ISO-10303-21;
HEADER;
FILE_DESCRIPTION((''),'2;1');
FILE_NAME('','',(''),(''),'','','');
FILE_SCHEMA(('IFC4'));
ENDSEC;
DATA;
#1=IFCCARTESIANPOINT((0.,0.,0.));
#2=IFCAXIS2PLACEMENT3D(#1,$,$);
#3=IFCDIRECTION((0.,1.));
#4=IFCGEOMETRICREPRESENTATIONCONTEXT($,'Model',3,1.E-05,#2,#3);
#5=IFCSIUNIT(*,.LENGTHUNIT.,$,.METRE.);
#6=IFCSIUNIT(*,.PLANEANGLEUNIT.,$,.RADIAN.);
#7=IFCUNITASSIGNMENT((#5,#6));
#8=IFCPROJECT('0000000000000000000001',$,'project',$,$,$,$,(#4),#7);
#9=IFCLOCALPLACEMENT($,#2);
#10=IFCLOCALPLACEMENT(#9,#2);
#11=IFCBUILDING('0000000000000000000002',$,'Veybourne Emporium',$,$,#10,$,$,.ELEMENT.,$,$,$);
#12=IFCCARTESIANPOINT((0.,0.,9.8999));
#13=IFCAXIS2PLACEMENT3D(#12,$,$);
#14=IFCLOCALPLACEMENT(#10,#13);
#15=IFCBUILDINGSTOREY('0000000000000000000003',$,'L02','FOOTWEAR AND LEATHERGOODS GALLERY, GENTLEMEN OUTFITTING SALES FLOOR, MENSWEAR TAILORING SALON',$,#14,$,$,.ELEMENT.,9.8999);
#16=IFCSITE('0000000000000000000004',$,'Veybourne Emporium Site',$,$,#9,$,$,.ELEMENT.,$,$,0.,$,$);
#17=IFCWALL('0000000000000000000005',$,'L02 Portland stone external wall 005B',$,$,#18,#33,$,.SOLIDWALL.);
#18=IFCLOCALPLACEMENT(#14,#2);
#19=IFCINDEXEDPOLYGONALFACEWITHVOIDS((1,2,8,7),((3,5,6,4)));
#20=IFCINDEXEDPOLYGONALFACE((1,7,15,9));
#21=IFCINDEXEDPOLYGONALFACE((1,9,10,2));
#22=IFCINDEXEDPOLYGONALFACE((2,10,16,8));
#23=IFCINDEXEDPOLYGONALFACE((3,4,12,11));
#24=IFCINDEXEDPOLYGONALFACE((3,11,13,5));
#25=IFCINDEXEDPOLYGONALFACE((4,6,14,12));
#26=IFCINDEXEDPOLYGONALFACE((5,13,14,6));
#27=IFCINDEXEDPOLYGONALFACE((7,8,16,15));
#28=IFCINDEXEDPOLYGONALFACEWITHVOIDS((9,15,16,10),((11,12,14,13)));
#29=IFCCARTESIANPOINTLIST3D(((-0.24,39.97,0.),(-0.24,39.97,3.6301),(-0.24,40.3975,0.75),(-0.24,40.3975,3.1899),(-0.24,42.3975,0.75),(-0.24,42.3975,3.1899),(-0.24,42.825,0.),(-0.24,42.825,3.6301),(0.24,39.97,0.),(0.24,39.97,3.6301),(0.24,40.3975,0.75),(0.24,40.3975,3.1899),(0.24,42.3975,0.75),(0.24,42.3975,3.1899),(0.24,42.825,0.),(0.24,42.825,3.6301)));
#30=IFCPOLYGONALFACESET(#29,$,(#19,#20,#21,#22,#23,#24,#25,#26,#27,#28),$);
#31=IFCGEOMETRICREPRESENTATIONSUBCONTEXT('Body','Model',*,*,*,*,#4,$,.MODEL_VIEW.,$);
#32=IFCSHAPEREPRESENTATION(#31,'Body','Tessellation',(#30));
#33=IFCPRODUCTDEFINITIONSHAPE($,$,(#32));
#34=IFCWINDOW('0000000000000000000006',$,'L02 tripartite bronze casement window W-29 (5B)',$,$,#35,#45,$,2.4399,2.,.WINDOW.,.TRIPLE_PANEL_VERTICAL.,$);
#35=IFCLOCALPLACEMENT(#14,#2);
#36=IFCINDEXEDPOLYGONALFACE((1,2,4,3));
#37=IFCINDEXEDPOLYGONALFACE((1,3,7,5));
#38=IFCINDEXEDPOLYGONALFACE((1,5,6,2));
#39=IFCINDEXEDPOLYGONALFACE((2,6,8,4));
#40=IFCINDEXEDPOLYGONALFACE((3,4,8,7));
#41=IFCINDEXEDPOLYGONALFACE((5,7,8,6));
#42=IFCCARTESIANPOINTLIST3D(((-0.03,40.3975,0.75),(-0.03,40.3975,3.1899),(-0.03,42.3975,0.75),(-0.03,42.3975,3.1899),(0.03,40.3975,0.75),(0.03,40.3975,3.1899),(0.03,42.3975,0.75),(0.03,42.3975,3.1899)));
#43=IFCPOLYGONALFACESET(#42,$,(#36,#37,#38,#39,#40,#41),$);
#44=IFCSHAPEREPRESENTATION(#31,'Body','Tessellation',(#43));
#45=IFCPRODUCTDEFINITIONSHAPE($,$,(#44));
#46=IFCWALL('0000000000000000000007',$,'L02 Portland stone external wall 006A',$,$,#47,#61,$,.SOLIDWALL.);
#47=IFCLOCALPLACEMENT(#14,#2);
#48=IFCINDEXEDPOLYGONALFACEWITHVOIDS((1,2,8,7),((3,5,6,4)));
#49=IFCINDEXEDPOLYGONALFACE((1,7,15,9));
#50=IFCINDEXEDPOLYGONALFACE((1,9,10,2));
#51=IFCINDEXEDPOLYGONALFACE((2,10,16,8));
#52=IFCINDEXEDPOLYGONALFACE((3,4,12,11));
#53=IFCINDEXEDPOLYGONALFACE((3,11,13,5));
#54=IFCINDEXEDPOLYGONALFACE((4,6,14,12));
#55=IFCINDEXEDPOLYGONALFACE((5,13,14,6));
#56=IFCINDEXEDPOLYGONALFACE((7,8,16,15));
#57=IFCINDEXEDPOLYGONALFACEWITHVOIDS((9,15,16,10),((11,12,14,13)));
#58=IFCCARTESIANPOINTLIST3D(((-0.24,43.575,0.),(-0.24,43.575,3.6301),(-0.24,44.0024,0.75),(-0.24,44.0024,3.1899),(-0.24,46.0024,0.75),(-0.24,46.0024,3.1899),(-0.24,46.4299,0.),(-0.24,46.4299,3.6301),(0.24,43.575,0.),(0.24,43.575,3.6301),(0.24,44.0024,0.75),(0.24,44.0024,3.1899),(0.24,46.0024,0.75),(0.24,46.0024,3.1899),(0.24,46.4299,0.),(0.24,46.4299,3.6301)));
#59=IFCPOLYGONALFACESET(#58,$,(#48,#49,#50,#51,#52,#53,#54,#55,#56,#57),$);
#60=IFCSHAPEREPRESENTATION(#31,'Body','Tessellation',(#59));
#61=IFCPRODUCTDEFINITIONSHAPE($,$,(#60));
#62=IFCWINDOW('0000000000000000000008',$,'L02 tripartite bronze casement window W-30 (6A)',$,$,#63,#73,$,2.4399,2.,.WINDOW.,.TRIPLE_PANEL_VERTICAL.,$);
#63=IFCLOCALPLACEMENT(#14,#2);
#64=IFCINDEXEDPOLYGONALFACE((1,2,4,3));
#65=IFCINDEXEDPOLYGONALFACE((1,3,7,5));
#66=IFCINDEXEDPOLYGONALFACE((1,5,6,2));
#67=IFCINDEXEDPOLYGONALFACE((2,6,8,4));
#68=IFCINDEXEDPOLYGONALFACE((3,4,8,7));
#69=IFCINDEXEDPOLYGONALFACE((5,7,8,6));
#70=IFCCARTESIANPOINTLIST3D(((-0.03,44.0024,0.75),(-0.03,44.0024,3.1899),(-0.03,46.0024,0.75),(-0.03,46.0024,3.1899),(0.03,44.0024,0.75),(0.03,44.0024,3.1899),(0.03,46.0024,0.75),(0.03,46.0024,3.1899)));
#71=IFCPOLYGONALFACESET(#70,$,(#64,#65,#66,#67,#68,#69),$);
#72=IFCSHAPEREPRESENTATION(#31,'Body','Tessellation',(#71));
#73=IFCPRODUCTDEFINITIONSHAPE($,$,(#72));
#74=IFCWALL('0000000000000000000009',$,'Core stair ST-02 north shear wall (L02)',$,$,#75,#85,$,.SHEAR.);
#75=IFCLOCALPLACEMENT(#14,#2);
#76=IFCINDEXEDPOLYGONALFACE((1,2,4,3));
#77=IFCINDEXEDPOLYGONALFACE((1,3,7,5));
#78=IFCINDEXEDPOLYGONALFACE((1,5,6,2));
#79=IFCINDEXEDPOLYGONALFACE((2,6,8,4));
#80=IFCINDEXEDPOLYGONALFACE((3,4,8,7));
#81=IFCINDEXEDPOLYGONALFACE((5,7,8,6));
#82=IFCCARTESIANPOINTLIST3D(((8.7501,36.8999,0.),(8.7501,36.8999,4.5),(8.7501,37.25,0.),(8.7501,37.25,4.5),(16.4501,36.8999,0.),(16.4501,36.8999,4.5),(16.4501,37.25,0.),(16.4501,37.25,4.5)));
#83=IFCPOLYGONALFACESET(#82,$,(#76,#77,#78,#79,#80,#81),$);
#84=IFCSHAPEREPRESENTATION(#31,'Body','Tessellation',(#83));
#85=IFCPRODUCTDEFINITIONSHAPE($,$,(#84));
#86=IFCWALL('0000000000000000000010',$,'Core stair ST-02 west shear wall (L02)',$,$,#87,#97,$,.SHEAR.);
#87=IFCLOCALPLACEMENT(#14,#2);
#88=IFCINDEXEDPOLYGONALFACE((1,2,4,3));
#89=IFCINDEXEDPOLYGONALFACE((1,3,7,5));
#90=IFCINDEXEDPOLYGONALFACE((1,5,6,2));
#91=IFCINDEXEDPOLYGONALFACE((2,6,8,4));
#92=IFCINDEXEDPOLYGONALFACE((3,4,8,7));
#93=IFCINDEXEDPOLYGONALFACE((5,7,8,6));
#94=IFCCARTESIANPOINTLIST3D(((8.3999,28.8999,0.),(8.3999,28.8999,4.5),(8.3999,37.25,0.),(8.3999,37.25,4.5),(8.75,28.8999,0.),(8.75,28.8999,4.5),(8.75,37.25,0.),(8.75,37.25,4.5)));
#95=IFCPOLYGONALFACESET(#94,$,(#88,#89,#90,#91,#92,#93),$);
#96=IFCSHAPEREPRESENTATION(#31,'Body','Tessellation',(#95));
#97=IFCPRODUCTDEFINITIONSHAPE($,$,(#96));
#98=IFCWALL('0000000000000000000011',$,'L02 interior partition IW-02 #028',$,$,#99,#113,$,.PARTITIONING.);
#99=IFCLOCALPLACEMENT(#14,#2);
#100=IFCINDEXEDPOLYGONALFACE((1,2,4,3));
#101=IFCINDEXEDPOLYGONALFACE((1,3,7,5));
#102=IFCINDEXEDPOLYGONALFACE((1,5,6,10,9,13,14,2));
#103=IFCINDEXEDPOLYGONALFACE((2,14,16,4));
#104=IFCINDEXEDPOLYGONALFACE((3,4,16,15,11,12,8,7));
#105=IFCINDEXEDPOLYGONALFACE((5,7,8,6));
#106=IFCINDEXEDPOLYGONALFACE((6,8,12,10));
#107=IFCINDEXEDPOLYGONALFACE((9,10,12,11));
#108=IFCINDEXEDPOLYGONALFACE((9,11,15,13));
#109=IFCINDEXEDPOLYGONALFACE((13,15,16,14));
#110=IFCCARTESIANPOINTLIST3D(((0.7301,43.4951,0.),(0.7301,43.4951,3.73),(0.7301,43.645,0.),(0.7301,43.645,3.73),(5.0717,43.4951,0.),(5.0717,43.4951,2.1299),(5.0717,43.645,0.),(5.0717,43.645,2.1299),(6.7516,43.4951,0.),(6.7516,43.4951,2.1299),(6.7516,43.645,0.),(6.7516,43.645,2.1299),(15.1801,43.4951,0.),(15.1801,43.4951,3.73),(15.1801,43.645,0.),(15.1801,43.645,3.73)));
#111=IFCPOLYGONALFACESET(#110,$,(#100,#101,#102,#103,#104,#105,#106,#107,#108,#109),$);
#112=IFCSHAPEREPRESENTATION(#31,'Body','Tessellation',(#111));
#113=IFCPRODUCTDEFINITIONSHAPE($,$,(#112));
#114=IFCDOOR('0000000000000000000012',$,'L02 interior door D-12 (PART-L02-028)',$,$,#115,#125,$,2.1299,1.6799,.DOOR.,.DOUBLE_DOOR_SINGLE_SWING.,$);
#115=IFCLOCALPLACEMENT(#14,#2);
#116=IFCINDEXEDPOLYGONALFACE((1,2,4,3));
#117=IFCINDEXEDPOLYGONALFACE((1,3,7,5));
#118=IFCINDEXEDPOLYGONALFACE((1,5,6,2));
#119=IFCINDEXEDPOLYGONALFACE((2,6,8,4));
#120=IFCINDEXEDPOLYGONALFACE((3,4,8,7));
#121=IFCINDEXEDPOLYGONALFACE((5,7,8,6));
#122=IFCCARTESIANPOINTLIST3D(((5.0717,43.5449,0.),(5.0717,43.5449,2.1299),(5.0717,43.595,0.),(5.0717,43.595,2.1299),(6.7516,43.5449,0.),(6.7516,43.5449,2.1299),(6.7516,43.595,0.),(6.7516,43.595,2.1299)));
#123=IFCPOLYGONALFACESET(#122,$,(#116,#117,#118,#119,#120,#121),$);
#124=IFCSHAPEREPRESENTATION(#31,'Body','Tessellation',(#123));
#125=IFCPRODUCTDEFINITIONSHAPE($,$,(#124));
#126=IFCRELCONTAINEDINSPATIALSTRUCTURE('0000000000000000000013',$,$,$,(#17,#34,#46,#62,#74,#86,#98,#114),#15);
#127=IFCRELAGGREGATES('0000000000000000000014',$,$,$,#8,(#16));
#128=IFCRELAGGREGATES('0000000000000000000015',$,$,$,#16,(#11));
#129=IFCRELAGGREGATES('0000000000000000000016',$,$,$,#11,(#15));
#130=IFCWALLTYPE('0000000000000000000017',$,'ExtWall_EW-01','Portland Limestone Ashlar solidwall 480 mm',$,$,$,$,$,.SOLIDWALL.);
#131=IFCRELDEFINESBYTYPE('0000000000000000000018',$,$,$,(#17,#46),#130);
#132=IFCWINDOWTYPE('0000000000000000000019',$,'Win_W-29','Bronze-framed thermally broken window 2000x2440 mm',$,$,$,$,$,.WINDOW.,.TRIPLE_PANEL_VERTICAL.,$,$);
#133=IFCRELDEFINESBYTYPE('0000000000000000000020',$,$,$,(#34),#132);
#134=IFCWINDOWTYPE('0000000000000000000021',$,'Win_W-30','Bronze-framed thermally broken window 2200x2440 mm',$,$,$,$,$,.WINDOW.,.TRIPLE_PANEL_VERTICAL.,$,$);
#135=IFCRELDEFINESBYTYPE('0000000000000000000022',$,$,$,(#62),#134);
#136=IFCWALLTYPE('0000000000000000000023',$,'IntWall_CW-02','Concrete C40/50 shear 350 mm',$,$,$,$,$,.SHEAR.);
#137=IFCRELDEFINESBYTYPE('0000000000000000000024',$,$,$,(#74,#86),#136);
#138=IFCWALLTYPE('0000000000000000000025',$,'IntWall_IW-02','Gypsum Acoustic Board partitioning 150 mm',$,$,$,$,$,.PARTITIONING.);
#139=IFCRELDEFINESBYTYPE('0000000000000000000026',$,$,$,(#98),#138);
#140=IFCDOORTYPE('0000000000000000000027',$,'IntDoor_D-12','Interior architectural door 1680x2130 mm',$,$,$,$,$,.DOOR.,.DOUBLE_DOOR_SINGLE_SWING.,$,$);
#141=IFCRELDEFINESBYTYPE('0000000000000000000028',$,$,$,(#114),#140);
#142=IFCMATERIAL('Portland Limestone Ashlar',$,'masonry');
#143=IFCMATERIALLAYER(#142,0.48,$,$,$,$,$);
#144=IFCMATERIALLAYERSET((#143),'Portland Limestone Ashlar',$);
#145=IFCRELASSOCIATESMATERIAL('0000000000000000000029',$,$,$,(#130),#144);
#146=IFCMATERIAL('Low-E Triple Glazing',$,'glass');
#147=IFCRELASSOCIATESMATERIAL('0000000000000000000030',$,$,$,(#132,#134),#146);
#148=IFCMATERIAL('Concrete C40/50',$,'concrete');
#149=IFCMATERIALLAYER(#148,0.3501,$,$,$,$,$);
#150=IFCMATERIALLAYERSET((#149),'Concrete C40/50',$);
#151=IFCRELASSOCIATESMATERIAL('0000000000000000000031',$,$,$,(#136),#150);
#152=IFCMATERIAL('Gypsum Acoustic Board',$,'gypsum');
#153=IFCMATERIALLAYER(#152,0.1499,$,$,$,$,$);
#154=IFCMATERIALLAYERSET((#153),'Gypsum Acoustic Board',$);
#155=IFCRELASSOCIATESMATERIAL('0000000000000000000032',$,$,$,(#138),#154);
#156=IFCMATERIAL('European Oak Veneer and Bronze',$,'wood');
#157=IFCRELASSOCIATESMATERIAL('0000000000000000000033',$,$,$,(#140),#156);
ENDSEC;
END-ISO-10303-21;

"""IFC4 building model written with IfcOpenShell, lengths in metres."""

from ifc_helpers import new_model, si_unit, direction, frame, frame_2d, origin, place, context, subcontext, project, spatial, rectangle, extrude, material, layer, layer_set, type_object, element, fill, save


model = new_model("IFC4")

# Units and contexts
model_context = context("Model", 3, precision=1e-05, world=origin(), true_north=direction((0.0, 1.0)))
body_context = subcontext(model_context, "Body", "Model", "MODEL_VIEW")
ifc_project = project(units=[si_unit("LENGTHUNIT", "METRE"), si_unit("PLANEANGLEUNIT", "RADIAN")], contexts=[model_context])

# Site, building, storey
site_placement = place(None, origin())
site = spatial("IfcSite", under=ifc_project, at=site_placement, Name="Veybourne Emporium Site", CompositionType="ELEMENT", RefElevation=0.0)
building_placement = place(site_placement, origin())
building = spatial("IfcBuilding", under=site, at=building_placement, Name="Veybourne Emporium", CompositionType="ELEMENT")
storey_placement = place(building_placement, frame((0.0, 0.0, 9.8999)))
storey = spatial("IfcBuildingStorey", under=building, at=storey_placement, Name="L02", Description="FOOTWEAR AND LEATHERGOODS GALLERY, GENTLEMEN OUTFITTING SALES FLOOR, MENSWEAR TAILORING SALON", CompositionType="ELEMENT", Elevation=9.8999)

# Shared definitions
ifc_material_1 = material(Name="Concrete C40/50", Category="concrete")

# Walls, openings, windows
ifc_material_2 = material(Name="Portland Limestone Ashlar", Category="masonry")
ifc_layer_1 = layer(ifc_material_2, 0.48)
ifc_layer_set_1 = layer_set([ifc_layer_1], Name="Portland Limestone Ashlar")
wall_type_1 = type_object("IfcWallType", Name="ExtWall_EW-01", Description="Portland Limestone Ashlar solidwall 480 mm", PredefinedType="SOLIDWALL", material=ifc_layer_set_1)
ifc_material_3 = material(Name="Low-E Triple Glazing", Category="glass")
wall_1_placement = place(storey_placement, frame((0.0, 39.97, 0.0), z_axis=(0.0, 0.0, 1.0), x_axis=(0.0, 1.0, 0.0)))
wall_1 = element("IfcWall", 1, at=wall_1_placement, inside=storey, type_object=wall_type_1, Name="L02 Portland stone external wall 005B", PredefinedType="SOLIDWALL", context=body_context, shape_type="SweptSolid", body=[
    extrude(rectangle(XDim=2.855, YDim=0.48, at=frame_2d((1.4275, 0.0))), origin(), (0.0, 0.0, 1.0), 3.6301),
])
opening_1_placement = place(wall_1_placement, frame((0.4275, 0.0, 0.75)))
opening_1 = element("IfcOpeningElement", 2, at=opening_1_placement, cuts=wall_1, PredefinedType="OPENING", context=body_context, shape_type="SweptSolid", body=[
    extrude(rectangle(XDim=2.0, YDim=2.4399, at=frame_2d((1.0, 1.22))), frame((0.0, 0.26, 0.0), z_axis=(0.0, -1.0, 0.0), x_axis=(1.0, 0.0, 0.0)), (0.0, 0.0, 1.0), 0.52),
])
window_type_1 = type_object("IfcWindowType", Name="Win_W-29", Description="Bronze-framed thermally broken window 2000x2440 mm", PartitioningType="TRIPLE_PANEL_VERTICAL", PredefinedType="WINDOW", material=ifc_material_3)
window_1_placement = place(opening_1_placement, origin())
window_1 = element("IfcWindow", 3, at=window_1_placement, inside=storey, type_object=window_type_1, Name="L02 tripartite bronze casement window W-29 (5B)", OverallHeight=2.4399, OverallWidth=2.0, PartitioningType="TRIPLE_PANEL_VERTICAL", PredefinedType="WINDOW", context=body_context, shape_type="SweptSolid", body=[
    extrude(rectangle(XDim=2.0, YDim=2.4399, at=frame_2d((1.0, 1.22))), frame((0.0, 0.03, 0.0), z_axis=(0.0, -1.0, 0.0), x_axis=(1.0, 0.0, 0.0)), (0.0, 0.0, 1.0), 0.0601),
])
fill(opening_1, window_1)
wall_2_placement = place(storey_placement, frame((0.0, 43.575, 0.0), z_axis=(0.0, 0.0, 1.0), x_axis=(0.0, 1.0, 0.0)))
wall_2 = element("IfcWall", 4, at=wall_2_placement, inside=storey, type_object=wall_type_1, Name="L02 Portland stone external wall 006A", PredefinedType="SOLIDWALL", context=body_context, shape_type="SweptSolid", body=[
    extrude(rectangle(XDim=2.855, YDim=0.48, at=frame_2d((1.4275, 0.0))), origin(), (0.0, 0.0, 1.0), 3.6301),
])
opening_2_placement = place(wall_2_placement, frame((0.4275, 0.0, 0.75)))
opening_2 = element("IfcOpeningElement", 5, at=opening_2_placement, cuts=wall_2, PredefinedType="OPENING", context=body_context, shape_type="SweptSolid", body=[
    extrude(rectangle(XDim=2.0, YDim=2.4399, at=frame_2d((1.0, 1.22))), frame((0.0, 0.26, 0.0), z_axis=(0.0, -1.0, 0.0), x_axis=(1.0, 0.0, 0.0)), (0.0, 0.0, 1.0), 0.52),
])
window_type_2 = type_object("IfcWindowType", Name="Win_W-30", Description="Bronze-framed thermally broken window 2200x2440 mm", PartitioningType="TRIPLE_PANEL_VERTICAL", PredefinedType="WINDOW", material=ifc_material_3)
window_2_placement = place(opening_2_placement, origin())
window_2 = element("IfcWindow", 6, at=window_2_placement, inside=storey, type_object=window_type_2, Name="L02 tripartite bronze casement window W-30 (6A)", OverallHeight=2.4399, OverallWidth=2.0, PartitioningType="TRIPLE_PANEL_VERTICAL", PredefinedType="WINDOW", context=body_context, shape_type="SweptSolid", body=[
    extrude(rectangle(XDim=2.0, YDim=2.4399, at=frame_2d((1.0, 1.22))), frame((0.0, 0.03, 0.0), z_axis=(0.0, -1.0, 0.0), x_axis=(1.0, 0.0, 0.0)), (0.0, 0.0, 1.0), 0.0601),
])
fill(opening_2, window_2)

# Walls
ifc_layer_2 = layer(ifc_material_1, 0.3501)
ifc_layer_set_2 = layer_set([ifc_layer_2], Name="Concrete C40/50")
wall_type_2 = type_object("IfcWallType", Name="IntWall_CW-02", Description="Concrete C40/50 shear 350 mm", PredefinedType="SHEAR", material=ifc_layer_set_2)
wall_3_placement = place(storey_placement, frame((8.75, 37.075, 0.0), z_axis=(0.0, 0.0, 1.0), x_axis=(1.0, 0.0, 0.0)))
element("IfcWall", 7, at=wall_3_placement, inside=storey, type_object=wall_type_2, Name="Core stair ST-02 north shear wall (L02)", PredefinedType="SHEAR", context=body_context, shape_type="SweptSolid", body=[
    extrude(rectangle(XDim=7.7, YDim=0.3501, at=frame_2d((3.8501, 0.0))), origin(), (0.0, 0.0, 1.0), 4.5),
])
wall_4_placement = place(storey_placement, frame((8.575, 37.25, 0.0), z_axis=(0.0, 0.0, 1.0), x_axis=(0.0, -1.0, 0.0)))
element("IfcWall", 8, at=wall_4_placement, inside=storey, type_object=wall_type_2, Name="Core stair ST-02 west shear wall (L02)", PredefinedType="SHEAR", context=body_context, shape_type="SweptSolid", body=[
    extrude(rectangle(XDim=8.3501, YDim=0.3501, at=frame_2d((4.175, 0.0))), origin(), (0.0, 0.0, 1.0), 4.5),
])

# Wall, opening, door
ifc_material_4 = material(Name="Gypsum Acoustic Board", Category="gypsum")
ifc_layer_3 = layer(ifc_material_4, 0.1499)
ifc_layer_set_3 = layer_set([ifc_layer_3], Name="Gypsum Acoustic Board")
wall_type_3 = type_object("IfcWallType", Name="IntWall_IW-02", Description="Gypsum Acoustic Board partitioning 150 mm", PredefinedType="PARTITIONING", material=ifc_layer_set_3)
wall_5_placement = place(storey_placement, frame((0.73, 43.5701, 0.0), z_axis=(0.0, 0.0, 1.0), x_axis=(1.0, 0.0, 0.0)))
wall_5 = element("IfcWall", 9, at=wall_5_placement, inside=storey, type_object=wall_type_3, Name="L02 interior partition IW-02 #028", PredefinedType="PARTITIONING", context=body_context, shape_type="SweptSolid", body=[
    extrude(rectangle(XDim=14.45, YDim=0.1499, at=frame_2d((7.2251, 0.0))), origin(), (0.0, 0.0, 1.0), 3.73),
])
opening_3_placement = place(wall_5_placement, frame((4.3418, 0.0, 0.0)))
opening_3 = element("IfcOpeningElement", 10, at=opening_3_placement, cuts=wall_5, PredefinedType="OPENING", context=body_context, shape_type="SweptSolid", body=[
    extrude(rectangle(XDim=1.6799, YDim=2.1299, at=frame_2d((0.8398, 1.0649))), frame((0.0, 0.095, 0.0), z_axis=(0.0, -1.0, 0.0), x_axis=(1.0, 0.0, 0.0)), (0.0, 0.0, 1.0), 0.1899),
])
ifc_material_5 = material(Name="European Oak Veneer and Bronze", Category="wood")
door_type = type_object("IfcDoorType", Name="IntDoor_D-12", Description="Interior architectural door 1680x2130 mm", OperationType="DOUBLE_DOOR_SINGLE_SWING", PredefinedType="DOOR", material=ifc_material_5)
door_placement = place(opening_3_placement, origin())
door = element("IfcDoor", 11, at=door_placement, inside=storey, type_object=door_type, Name="L02 interior door D-12 (PART-L02-028)", OperationType="DOUBLE_DOOR_SINGLE_SWING", OverallHeight=2.1299, OverallWidth=1.6799, PredefinedType="DOOR", context=body_context, shape_type="SweptSolid", body=[
    extrude(rectangle(XDim=1.6799, YDim=2.1299, at=frame_2d((0.8398, 1.0649))), frame((0.0, 0.0249, 0.0), z_axis=(0.0, -1.0, 0.0), x_axis=(1.0, 0.0, 0.0)), (0.0, 0.0, 1.0), 0.05),
])
fill(opening_3, door)

save(model, "model.ifc")
